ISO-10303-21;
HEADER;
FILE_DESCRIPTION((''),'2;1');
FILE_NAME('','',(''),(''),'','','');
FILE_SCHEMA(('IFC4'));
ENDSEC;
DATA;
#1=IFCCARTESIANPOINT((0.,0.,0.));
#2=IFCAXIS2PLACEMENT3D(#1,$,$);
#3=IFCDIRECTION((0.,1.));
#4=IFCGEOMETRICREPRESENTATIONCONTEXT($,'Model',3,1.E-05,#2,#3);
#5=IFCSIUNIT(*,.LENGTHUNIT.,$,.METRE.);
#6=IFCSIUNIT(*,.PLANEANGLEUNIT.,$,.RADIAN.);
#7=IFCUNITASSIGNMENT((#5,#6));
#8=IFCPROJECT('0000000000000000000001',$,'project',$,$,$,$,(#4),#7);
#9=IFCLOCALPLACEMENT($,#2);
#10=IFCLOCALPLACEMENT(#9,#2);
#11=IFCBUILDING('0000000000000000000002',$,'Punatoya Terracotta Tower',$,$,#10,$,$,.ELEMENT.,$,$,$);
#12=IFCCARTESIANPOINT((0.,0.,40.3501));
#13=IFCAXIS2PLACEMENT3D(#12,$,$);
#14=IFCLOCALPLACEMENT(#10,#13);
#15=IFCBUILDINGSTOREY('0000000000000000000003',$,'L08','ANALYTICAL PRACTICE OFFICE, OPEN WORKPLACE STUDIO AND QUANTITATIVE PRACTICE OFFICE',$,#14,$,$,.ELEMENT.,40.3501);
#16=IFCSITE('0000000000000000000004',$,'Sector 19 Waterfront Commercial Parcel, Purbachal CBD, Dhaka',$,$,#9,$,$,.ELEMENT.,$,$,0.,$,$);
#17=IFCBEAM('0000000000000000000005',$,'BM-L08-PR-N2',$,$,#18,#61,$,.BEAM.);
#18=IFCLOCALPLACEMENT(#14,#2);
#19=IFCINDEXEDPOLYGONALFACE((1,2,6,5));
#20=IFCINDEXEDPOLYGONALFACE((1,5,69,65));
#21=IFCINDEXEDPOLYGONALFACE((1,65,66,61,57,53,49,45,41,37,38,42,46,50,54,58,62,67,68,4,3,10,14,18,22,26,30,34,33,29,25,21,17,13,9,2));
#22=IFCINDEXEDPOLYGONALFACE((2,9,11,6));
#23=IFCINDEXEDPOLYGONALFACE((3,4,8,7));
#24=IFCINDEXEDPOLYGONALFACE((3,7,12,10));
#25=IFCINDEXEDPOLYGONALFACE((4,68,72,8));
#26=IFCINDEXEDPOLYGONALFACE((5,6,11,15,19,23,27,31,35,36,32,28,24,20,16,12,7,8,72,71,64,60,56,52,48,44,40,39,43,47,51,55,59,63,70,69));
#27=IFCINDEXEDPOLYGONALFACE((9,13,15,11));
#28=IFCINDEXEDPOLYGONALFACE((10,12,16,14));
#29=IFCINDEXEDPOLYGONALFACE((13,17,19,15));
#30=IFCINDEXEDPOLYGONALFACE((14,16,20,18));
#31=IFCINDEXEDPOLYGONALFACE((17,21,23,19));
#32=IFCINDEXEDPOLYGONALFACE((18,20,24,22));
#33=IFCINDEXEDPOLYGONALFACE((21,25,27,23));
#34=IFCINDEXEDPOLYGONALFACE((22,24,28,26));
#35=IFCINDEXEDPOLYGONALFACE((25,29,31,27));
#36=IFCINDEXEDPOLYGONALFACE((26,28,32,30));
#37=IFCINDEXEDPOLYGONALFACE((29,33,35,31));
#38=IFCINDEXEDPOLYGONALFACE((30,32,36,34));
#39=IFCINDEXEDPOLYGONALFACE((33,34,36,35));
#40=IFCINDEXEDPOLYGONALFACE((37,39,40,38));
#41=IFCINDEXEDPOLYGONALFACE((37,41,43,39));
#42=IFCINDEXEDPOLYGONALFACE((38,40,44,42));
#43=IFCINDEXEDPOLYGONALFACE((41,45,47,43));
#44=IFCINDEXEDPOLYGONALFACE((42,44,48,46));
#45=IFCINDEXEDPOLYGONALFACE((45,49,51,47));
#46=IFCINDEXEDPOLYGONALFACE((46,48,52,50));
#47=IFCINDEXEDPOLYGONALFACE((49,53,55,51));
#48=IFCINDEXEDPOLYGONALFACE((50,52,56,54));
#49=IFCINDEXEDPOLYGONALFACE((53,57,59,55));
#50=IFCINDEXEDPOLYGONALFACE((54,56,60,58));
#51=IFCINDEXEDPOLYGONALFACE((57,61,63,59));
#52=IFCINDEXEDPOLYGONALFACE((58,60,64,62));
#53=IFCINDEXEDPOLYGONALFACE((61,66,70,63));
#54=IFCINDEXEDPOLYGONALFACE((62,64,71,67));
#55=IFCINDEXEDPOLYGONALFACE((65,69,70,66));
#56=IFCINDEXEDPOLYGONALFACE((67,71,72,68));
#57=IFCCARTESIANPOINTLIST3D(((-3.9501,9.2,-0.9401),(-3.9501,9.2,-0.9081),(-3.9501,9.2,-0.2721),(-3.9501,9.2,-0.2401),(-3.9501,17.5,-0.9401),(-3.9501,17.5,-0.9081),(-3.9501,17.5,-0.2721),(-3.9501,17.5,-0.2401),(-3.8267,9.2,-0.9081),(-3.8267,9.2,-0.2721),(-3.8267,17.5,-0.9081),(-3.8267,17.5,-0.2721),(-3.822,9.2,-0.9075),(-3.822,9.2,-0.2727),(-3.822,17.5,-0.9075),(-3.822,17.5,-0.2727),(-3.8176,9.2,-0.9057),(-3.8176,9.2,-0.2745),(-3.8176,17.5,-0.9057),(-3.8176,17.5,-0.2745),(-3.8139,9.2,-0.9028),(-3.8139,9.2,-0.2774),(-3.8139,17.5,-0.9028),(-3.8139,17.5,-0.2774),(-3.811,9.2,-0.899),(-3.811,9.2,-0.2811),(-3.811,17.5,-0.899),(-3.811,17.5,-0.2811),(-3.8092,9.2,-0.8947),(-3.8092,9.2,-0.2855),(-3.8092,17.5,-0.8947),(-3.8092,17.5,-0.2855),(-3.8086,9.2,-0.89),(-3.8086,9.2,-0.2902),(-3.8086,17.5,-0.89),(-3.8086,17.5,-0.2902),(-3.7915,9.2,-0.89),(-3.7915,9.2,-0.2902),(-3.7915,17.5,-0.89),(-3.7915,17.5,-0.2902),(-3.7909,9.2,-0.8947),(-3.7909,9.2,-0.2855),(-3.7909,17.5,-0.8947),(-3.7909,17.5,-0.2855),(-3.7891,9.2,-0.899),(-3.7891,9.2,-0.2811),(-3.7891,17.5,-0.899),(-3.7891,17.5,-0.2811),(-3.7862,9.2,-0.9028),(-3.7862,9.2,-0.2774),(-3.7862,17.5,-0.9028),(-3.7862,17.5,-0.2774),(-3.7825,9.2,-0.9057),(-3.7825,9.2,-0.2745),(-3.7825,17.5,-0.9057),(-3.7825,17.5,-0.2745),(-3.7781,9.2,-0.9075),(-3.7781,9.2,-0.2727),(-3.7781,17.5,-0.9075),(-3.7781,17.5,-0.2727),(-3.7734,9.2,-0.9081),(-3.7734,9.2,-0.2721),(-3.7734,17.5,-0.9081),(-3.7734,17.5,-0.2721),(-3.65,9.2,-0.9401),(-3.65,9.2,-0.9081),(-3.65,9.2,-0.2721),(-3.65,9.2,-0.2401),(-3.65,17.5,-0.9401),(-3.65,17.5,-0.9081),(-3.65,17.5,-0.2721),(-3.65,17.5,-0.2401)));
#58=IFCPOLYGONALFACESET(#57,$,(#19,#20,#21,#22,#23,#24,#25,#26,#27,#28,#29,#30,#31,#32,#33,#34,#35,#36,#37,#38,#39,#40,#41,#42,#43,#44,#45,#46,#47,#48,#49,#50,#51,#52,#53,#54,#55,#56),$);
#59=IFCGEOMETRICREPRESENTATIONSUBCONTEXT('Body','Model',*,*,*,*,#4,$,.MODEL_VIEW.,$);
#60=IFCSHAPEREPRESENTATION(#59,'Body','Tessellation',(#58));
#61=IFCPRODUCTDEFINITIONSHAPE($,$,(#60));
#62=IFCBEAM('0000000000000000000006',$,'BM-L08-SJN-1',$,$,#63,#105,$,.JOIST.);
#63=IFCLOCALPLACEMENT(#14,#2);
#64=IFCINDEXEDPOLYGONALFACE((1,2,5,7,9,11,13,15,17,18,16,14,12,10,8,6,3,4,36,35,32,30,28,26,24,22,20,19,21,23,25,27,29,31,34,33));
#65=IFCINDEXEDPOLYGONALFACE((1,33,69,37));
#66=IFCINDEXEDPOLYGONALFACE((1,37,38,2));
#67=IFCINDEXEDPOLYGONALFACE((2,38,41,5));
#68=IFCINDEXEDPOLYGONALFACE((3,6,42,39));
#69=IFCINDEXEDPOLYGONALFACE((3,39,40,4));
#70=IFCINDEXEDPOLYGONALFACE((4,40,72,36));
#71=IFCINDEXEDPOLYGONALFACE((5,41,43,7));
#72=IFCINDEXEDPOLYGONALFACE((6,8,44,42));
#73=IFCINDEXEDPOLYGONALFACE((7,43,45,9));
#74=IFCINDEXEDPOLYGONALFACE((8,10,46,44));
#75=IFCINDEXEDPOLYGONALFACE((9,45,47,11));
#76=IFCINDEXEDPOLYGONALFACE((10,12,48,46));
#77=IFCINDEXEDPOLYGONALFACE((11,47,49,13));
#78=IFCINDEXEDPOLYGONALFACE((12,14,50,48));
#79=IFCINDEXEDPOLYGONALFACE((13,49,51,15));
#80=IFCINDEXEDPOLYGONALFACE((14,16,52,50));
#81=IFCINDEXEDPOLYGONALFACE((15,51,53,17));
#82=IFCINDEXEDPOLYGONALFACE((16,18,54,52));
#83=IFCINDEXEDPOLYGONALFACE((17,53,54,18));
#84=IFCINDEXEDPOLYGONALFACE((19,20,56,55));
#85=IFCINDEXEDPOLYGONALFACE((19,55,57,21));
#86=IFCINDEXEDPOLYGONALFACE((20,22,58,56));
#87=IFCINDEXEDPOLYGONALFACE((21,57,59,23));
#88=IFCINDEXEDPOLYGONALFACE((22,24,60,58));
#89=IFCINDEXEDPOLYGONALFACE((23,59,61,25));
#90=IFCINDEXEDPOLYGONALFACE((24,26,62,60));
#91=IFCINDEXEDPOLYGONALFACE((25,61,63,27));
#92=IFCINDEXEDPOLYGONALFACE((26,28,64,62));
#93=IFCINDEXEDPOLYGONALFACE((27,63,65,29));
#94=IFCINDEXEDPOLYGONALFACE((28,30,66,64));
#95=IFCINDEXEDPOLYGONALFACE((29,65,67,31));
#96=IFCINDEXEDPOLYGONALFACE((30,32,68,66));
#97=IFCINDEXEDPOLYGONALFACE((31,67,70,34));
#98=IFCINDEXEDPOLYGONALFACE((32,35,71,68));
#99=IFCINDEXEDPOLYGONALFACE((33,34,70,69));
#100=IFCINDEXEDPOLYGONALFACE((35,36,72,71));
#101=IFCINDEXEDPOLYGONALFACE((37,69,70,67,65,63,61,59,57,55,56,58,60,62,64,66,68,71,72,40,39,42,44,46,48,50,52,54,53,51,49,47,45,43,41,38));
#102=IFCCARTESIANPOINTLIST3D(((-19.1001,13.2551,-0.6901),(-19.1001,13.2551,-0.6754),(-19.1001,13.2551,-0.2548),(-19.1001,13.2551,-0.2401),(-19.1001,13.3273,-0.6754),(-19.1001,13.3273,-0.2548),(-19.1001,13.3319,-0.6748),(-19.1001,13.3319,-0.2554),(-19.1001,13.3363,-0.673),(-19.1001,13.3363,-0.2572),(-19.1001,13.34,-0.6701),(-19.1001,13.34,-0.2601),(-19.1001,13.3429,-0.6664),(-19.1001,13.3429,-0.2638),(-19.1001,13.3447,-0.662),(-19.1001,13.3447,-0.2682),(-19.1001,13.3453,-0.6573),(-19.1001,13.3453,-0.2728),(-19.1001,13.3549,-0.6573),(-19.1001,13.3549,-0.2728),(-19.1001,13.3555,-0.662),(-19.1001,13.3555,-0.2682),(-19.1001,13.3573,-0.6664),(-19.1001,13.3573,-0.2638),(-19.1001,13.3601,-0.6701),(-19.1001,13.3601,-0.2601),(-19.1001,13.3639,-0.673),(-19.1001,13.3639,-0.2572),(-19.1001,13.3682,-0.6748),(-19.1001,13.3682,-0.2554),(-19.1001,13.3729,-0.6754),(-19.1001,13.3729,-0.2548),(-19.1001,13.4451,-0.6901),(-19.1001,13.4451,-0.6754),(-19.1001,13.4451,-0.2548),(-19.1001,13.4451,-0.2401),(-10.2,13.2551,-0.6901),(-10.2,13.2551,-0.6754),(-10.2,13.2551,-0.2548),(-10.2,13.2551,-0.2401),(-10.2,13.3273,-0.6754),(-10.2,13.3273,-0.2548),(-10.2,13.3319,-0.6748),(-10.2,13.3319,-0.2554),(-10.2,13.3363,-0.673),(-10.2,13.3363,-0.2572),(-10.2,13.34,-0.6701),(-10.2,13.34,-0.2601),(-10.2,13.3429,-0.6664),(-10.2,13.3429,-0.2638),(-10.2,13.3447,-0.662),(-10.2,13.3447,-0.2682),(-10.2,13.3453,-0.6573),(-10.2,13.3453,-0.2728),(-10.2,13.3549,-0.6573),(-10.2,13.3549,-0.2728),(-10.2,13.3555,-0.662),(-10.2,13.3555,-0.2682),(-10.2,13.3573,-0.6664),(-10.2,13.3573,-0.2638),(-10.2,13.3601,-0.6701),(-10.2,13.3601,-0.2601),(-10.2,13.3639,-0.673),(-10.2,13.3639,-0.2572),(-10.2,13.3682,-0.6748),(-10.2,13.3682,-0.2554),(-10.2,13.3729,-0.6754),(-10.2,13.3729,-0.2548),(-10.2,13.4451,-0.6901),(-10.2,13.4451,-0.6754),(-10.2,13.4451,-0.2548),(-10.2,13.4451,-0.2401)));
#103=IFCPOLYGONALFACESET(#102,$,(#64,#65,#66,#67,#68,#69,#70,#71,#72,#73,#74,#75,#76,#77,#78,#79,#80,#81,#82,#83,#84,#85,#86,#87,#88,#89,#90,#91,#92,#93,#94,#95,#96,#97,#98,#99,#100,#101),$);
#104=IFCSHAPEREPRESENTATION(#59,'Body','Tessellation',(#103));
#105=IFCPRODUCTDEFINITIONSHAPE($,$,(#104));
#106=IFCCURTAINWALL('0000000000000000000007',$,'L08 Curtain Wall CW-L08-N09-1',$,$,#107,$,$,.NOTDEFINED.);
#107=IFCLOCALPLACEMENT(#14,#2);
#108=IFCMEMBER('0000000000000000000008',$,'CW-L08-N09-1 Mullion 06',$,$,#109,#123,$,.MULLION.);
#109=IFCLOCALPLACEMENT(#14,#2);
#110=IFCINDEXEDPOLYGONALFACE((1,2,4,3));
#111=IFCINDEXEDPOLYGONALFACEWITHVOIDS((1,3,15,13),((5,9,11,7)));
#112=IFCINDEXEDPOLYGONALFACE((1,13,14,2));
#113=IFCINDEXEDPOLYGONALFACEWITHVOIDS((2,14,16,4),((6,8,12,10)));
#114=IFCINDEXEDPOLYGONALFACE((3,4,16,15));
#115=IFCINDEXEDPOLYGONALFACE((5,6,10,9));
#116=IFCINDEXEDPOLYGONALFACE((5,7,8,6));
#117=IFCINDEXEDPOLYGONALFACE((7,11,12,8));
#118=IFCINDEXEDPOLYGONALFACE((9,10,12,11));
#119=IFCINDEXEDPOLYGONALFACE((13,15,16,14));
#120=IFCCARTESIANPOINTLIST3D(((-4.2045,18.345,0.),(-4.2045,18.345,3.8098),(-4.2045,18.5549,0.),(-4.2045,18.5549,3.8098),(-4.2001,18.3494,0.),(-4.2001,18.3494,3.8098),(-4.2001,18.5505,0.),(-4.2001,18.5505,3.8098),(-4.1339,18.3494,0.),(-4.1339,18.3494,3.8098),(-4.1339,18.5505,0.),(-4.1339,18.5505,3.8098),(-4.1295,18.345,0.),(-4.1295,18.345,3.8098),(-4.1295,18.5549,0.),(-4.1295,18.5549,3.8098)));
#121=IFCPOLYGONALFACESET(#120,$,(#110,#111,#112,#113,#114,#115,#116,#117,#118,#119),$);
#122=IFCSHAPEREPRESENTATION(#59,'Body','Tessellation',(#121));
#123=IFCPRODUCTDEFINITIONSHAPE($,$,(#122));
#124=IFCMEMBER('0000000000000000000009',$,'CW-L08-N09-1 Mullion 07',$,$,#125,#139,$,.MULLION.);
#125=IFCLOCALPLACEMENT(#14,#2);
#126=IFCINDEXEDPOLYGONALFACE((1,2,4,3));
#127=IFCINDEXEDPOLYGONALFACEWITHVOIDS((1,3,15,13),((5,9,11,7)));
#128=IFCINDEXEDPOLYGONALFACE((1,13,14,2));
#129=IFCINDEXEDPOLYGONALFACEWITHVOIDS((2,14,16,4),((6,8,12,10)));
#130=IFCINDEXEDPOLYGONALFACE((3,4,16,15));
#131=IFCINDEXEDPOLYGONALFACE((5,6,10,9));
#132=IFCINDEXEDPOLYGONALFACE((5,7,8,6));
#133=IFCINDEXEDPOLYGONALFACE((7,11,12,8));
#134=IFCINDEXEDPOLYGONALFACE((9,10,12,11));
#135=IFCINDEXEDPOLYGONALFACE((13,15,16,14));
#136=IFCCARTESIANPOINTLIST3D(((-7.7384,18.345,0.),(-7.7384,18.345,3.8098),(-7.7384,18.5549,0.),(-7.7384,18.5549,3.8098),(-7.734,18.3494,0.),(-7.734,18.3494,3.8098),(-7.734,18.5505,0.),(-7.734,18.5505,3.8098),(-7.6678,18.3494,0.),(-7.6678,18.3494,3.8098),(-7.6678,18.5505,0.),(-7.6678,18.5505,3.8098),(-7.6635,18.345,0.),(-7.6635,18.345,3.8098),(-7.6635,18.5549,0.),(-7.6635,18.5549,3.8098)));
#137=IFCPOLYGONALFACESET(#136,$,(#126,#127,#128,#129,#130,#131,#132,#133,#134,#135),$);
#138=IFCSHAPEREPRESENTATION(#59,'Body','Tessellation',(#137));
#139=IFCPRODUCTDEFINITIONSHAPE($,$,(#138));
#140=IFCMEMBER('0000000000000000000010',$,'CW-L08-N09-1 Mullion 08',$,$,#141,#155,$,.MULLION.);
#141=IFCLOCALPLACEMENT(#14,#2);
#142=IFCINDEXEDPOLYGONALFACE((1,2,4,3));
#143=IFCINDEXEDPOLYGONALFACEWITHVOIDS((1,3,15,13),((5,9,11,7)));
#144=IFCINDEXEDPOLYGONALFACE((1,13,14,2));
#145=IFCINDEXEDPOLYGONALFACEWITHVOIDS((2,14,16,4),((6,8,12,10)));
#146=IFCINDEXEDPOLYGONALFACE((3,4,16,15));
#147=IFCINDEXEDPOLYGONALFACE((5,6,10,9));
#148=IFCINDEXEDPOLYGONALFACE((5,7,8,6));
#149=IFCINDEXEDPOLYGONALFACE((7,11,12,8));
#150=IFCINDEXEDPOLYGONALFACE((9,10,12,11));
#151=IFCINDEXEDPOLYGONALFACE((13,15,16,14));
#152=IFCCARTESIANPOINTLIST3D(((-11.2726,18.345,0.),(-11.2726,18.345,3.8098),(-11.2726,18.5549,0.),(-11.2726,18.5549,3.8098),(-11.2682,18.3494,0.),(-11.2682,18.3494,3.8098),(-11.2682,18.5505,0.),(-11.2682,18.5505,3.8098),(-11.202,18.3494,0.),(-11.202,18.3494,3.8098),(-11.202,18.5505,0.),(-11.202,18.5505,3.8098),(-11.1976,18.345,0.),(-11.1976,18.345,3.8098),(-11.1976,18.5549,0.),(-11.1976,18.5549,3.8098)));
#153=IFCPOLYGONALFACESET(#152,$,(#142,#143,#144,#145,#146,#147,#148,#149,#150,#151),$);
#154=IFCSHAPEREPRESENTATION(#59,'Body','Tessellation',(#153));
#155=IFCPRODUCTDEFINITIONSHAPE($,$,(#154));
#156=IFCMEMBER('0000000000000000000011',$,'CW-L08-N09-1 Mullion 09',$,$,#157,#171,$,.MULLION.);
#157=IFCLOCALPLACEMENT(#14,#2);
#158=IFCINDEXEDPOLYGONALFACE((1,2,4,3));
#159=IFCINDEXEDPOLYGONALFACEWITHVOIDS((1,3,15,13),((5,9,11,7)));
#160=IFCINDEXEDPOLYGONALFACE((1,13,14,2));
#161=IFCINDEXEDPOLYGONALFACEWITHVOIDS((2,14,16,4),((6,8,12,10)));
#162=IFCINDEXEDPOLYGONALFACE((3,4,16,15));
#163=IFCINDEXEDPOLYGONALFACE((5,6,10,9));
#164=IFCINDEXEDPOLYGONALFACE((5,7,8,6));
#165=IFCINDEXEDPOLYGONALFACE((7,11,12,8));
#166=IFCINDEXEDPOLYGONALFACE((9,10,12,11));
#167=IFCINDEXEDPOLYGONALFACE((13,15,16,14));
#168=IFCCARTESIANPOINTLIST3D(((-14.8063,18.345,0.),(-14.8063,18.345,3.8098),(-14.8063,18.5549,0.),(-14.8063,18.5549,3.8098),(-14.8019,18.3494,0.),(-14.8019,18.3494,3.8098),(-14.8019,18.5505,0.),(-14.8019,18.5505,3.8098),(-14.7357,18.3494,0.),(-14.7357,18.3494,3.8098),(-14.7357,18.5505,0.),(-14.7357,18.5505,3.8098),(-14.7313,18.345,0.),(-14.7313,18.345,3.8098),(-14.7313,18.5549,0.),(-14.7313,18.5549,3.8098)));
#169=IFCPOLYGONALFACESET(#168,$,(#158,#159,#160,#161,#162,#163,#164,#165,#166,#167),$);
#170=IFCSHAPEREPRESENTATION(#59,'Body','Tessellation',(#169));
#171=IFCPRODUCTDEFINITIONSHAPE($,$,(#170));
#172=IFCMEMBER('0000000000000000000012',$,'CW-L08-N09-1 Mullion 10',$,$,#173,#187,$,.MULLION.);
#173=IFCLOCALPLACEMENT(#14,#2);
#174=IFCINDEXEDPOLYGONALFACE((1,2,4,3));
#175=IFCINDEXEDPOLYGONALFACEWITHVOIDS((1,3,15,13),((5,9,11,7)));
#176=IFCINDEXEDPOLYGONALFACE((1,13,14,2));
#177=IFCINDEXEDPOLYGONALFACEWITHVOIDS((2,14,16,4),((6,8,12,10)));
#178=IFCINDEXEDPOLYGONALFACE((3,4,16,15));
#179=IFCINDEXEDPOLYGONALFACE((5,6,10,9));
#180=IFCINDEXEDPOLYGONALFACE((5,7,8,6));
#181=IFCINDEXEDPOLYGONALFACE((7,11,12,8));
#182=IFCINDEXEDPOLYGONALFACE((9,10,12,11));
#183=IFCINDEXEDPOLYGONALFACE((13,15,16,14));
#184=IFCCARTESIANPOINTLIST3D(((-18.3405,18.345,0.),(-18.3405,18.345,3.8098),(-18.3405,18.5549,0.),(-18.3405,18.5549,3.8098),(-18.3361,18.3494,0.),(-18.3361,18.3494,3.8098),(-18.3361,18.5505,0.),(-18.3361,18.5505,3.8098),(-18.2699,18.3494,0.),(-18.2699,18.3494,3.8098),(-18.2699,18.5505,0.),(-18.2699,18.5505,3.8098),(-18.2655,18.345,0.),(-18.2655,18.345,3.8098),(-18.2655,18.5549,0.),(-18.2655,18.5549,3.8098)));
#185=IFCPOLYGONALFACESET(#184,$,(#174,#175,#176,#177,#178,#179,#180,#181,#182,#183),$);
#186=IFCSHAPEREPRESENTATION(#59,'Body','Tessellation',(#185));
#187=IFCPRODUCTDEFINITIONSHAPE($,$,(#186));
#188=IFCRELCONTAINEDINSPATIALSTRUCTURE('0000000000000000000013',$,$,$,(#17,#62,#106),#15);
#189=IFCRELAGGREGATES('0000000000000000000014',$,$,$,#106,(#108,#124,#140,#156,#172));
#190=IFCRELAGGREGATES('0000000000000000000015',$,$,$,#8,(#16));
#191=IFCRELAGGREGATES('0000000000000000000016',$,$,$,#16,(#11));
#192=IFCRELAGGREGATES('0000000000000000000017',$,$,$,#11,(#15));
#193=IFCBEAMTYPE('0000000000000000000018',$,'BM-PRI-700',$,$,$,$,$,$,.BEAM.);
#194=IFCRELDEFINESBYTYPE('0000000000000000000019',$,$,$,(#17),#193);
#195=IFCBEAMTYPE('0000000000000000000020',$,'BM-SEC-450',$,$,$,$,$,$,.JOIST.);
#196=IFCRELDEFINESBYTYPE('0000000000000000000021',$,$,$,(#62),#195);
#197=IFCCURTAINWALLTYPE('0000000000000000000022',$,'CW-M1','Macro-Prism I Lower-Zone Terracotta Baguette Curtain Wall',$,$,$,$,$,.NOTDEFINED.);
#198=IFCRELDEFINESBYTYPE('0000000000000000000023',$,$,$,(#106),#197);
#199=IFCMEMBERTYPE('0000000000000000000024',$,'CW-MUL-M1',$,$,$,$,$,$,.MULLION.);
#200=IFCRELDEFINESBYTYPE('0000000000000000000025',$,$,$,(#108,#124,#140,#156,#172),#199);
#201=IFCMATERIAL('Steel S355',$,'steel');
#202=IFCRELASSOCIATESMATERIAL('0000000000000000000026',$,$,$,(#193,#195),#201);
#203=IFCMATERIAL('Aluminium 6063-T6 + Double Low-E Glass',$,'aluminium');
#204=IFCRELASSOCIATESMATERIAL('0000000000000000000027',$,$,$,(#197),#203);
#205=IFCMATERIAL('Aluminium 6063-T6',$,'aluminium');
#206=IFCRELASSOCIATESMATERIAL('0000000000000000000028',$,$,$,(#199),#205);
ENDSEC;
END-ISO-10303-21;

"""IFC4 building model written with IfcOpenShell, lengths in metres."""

from ifc_helpers import new_model, si_unit, direction, frame, origin, origin_2d, place, context, subcontext, project, spatial, hollow_rectangle, i_section, extrude, material, material_profile, profile_set, type_object, element, aggregate, save


model = new_model("IFC4")

# Units and contexts
model_context = context("Model", 3, precision=1e-05, world=origin(), true_north=direction((0.0, 1.0)))
body_context = subcontext(model_context, "Body", "Model", "MODEL_VIEW")
ifc_project = project(units=[si_unit("LENGTHUNIT", "METRE"), si_unit("PLANEANGLEUNIT", "RADIAN")], contexts=[model_context])

# Site, building, storey
site_placement = place(None, origin())
site = spatial("IfcSite", under=ifc_project, at=site_placement, Name="Sector 19 Waterfront Commercial Parcel, Purbachal CBD, Dhaka", CompositionType="ELEMENT", RefElevation=0.0)
building_placement = place(site_placement, origin())
building = spatial("IfcBuilding", under=site, at=building_placement, Name="Punatoya Terracotta Tower", CompositionType="ELEMENT")
storey_placement = place(building_placement, frame((0.0, 0.0, 40.3501)))
storey = spatial("IfcBuildingStorey", under=building, at=storey_placement, Name="L08", Description="ANALYTICAL PRACTICE OFFICE, OPEN WORKPLACE STUDIO AND QUANTITATIVE PRACTICE OFFICE", CompositionType="ELEMENT", Elevation=40.3501)

# Beams
ifc_material_1 = material(Name="Steel S355", Category="steel")
ifc_material_profile_1 = material_profile(ifc_material_1, i_section(OverallWidth=0.3, OverallDepth=0.7, WebThickness=0.0171, FlangeThickness=0.032, FilletRadius=0.0181, at=origin_2d()))
ifc_profile_set_1 = profile_set([ifc_material_profile_1], Name="Steel S355")
beam_type_1 = type_object("IfcBeamType", Name="BM-PRI-700", PredefinedType="BEAM", material=ifc_profile_set_1)
for number, where, z_axis, x_axis, name in (
    (1, (-3.8, 9.2, -0.5901), (0.0, 1.0, 0.0), (-1.0, 0.0, 0.0), "BM-L08-PR-N2"),
):
    element("IfcBeam", number, at=place(storey_placement, frame(where, z_axis=z_axis, x_axis=x_axis)), inside=storey, type_object=beam_type_1, Name=name, PredefinedType="BEAM", context=body_context, shape_type="SweptSolid", body=[
        extrude(i_section(OverallWidth=0.3, OverallDepth=0.7, WebThickness=0.0171, FlangeThickness=0.032, FilletRadius=0.0181, at=origin_2d()), origin(), (0.0, 0.0, 1.0), 8.3),
    ])
ifc_material_profile_2 = material_profile(ifc_material_1, i_section(OverallWidth=0.1899, OverallDepth=0.45, WebThickness=0.0095, FlangeThickness=0.0146, FilletRadius=0.0181, at=origin_2d()))
ifc_profile_set_2 = profile_set([ifc_material_profile_2], Name="Steel S355")
beam_type_2 = type_object("IfcBeamType", Name="BM-SEC-450", PredefinedType="JOIST", material=ifc_profile_set_2)
beam_1_placement = place(storey_placement, frame((-19.1001, 13.3501, -0.4651), z_axis=(1.0, 0.0, 0.0), x_axis=(0.0, 1.0, 0.0)))
element("IfcBeam", 2, at=beam_1_placement, inside=storey, type_object=beam_type_2, Name="BM-L08-SJN-1", PredefinedType="JOIST", context=body_context, shape_type="SweptSolid", body=[
    extrude(i_section(OverallWidth=0.1899, OverallDepth=0.45, WebThickness=0.0095, FlangeThickness=0.0146, FilletRadius=0.0181, at=origin_2d()), origin(), (0.0, 0.0, 1.0), 8.9001),
])

# Curtain wall, members
ifc_material_2 = material(Name="Aluminium 6063-T6 + Double Low-E Glass", Category="aluminium")
curtain_wall_type = type_object("IfcCurtainWallType", Name="CW-M1", Description="Macro-Prism I Lower-Zone Terracotta Baguette Curtain Wall", PredefinedType="NOTDEFINED", material=ifc_material_2)
curtain_wall_placement = place(storey_placement, origin())
curtain_wall = element("IfcCurtainWall", 3, at=curtain_wall_placement, inside=storey, type_object=curtain_wall_type, Name="L08 Curtain Wall CW-L08-N09-1", PredefinedType="NOTDEFINED")
ifc_material_3 = material(Name="Aluminium 6063-T6", Category="aluminium")
ifc_material_profile_3 = material_profile(ifc_material_3, hollow_rectangle(XDim=0.075, YDim=0.21, WallThickness=0.0044, at=origin_2d()))
ifc_profile_set_3 = profile_set([ifc_material_profile_3], Name="Aluminium 6063-T6")
member_type = type_object("IfcMemberType", Name="CW-MUL-M1", PredefinedType="MULLION", material=ifc_profile_set_3)
member_1_placement = place(storey_placement, frame((-4.167, 18.45, 0.0), z_axis=(0.0, 0.0, 1.0), x_axis=(1.0, 0.0, 0.0)))
member_1 = element("IfcMember", 4, at=member_1_placement, type_object=member_type, Name="CW-L08-N09-1 Mullion 06", PredefinedType="MULLION", context=body_context, shape_type="SweptSolid", body=[
    extrude(hollow_rectangle(XDim=0.075, YDim=0.21, WallThickness=0.0044, at=origin_2d()), origin(), (0.0, 0.0, 1.0), 3.8098),
])
member_2_placement = place(storey_placement, frame((-7.7009, 18.45, 0.0), z_axis=(0.0, 0.0, 1.0), x_axis=(1.0, 0.0, 0.0)))
member_2 = element("IfcMember", 5, at=member_2_placement, type_object=member_type, Name="CW-L08-N09-1 Mullion 07", PredefinedType="MULLION", context=body_context, shape_type="SweptSolid", body=[
    extrude(hollow_rectangle(XDim=0.075, YDim=0.21, WallThickness=0.0044, at=origin_2d()), origin(), (0.0, 0.0, 1.0), 3.8098),
])
member_3_placement = place(storey_placement, frame((-11.2351, 18.45, 0.0), z_axis=(0.0, 0.0, 1.0), x_axis=(1.0, 0.0, 0.0)))
member_3 = element("IfcMember", 6, at=member_3_placement, type_object=member_type, Name="CW-L08-N09-1 Mullion 08", PredefinedType="MULLION", context=body_context, shape_type="SweptSolid", body=[
    extrude(hollow_rectangle(XDim=0.075, YDim=0.21, WallThickness=0.0044, at=origin_2d()), origin(), (0.0, 0.0, 1.0), 3.8098),
])
member_4_placement = place(storey_placement, frame((-14.7688, 18.45, 0.0), z_axis=(0.0, 0.0, 1.0), x_axis=(1.0, 0.0, 0.0)))
member_4 = element("IfcMember", 7, at=member_4_placement, type_object=member_type, Name="CW-L08-N09-1 Mullion 09", PredefinedType="MULLION", context=body_context, shape_type="SweptSolid", body=[
    extrude(hollow_rectangle(XDim=0.075, YDim=0.21, WallThickness=0.0044, at=origin_2d()), origin(), (0.0, 0.0, 1.0), 3.8098),
])
member_5_placement = place(storey_placement, frame((-18.303, 18.45, 0.0), z_axis=(0.0, 0.0, 1.0), x_axis=(1.0, 0.0, 0.0)))
member_5 = element("IfcMember", 8, at=member_5_placement, type_object=member_type, Name="CW-L08-N09-1 Mullion 10", PredefinedType="MULLION", context=body_context, shape_type="SweptSolid", body=[
    extrude(hollow_rectangle(XDim=0.075, YDim=0.21, WallThickness=0.0044, at=origin_2d()), origin(), (0.0, 0.0, 1.0), 3.8098),
])
aggregate(curtain_wall, [member_1, member_2, member_3, member_4, member_5])

save(model, "model.ifc")
